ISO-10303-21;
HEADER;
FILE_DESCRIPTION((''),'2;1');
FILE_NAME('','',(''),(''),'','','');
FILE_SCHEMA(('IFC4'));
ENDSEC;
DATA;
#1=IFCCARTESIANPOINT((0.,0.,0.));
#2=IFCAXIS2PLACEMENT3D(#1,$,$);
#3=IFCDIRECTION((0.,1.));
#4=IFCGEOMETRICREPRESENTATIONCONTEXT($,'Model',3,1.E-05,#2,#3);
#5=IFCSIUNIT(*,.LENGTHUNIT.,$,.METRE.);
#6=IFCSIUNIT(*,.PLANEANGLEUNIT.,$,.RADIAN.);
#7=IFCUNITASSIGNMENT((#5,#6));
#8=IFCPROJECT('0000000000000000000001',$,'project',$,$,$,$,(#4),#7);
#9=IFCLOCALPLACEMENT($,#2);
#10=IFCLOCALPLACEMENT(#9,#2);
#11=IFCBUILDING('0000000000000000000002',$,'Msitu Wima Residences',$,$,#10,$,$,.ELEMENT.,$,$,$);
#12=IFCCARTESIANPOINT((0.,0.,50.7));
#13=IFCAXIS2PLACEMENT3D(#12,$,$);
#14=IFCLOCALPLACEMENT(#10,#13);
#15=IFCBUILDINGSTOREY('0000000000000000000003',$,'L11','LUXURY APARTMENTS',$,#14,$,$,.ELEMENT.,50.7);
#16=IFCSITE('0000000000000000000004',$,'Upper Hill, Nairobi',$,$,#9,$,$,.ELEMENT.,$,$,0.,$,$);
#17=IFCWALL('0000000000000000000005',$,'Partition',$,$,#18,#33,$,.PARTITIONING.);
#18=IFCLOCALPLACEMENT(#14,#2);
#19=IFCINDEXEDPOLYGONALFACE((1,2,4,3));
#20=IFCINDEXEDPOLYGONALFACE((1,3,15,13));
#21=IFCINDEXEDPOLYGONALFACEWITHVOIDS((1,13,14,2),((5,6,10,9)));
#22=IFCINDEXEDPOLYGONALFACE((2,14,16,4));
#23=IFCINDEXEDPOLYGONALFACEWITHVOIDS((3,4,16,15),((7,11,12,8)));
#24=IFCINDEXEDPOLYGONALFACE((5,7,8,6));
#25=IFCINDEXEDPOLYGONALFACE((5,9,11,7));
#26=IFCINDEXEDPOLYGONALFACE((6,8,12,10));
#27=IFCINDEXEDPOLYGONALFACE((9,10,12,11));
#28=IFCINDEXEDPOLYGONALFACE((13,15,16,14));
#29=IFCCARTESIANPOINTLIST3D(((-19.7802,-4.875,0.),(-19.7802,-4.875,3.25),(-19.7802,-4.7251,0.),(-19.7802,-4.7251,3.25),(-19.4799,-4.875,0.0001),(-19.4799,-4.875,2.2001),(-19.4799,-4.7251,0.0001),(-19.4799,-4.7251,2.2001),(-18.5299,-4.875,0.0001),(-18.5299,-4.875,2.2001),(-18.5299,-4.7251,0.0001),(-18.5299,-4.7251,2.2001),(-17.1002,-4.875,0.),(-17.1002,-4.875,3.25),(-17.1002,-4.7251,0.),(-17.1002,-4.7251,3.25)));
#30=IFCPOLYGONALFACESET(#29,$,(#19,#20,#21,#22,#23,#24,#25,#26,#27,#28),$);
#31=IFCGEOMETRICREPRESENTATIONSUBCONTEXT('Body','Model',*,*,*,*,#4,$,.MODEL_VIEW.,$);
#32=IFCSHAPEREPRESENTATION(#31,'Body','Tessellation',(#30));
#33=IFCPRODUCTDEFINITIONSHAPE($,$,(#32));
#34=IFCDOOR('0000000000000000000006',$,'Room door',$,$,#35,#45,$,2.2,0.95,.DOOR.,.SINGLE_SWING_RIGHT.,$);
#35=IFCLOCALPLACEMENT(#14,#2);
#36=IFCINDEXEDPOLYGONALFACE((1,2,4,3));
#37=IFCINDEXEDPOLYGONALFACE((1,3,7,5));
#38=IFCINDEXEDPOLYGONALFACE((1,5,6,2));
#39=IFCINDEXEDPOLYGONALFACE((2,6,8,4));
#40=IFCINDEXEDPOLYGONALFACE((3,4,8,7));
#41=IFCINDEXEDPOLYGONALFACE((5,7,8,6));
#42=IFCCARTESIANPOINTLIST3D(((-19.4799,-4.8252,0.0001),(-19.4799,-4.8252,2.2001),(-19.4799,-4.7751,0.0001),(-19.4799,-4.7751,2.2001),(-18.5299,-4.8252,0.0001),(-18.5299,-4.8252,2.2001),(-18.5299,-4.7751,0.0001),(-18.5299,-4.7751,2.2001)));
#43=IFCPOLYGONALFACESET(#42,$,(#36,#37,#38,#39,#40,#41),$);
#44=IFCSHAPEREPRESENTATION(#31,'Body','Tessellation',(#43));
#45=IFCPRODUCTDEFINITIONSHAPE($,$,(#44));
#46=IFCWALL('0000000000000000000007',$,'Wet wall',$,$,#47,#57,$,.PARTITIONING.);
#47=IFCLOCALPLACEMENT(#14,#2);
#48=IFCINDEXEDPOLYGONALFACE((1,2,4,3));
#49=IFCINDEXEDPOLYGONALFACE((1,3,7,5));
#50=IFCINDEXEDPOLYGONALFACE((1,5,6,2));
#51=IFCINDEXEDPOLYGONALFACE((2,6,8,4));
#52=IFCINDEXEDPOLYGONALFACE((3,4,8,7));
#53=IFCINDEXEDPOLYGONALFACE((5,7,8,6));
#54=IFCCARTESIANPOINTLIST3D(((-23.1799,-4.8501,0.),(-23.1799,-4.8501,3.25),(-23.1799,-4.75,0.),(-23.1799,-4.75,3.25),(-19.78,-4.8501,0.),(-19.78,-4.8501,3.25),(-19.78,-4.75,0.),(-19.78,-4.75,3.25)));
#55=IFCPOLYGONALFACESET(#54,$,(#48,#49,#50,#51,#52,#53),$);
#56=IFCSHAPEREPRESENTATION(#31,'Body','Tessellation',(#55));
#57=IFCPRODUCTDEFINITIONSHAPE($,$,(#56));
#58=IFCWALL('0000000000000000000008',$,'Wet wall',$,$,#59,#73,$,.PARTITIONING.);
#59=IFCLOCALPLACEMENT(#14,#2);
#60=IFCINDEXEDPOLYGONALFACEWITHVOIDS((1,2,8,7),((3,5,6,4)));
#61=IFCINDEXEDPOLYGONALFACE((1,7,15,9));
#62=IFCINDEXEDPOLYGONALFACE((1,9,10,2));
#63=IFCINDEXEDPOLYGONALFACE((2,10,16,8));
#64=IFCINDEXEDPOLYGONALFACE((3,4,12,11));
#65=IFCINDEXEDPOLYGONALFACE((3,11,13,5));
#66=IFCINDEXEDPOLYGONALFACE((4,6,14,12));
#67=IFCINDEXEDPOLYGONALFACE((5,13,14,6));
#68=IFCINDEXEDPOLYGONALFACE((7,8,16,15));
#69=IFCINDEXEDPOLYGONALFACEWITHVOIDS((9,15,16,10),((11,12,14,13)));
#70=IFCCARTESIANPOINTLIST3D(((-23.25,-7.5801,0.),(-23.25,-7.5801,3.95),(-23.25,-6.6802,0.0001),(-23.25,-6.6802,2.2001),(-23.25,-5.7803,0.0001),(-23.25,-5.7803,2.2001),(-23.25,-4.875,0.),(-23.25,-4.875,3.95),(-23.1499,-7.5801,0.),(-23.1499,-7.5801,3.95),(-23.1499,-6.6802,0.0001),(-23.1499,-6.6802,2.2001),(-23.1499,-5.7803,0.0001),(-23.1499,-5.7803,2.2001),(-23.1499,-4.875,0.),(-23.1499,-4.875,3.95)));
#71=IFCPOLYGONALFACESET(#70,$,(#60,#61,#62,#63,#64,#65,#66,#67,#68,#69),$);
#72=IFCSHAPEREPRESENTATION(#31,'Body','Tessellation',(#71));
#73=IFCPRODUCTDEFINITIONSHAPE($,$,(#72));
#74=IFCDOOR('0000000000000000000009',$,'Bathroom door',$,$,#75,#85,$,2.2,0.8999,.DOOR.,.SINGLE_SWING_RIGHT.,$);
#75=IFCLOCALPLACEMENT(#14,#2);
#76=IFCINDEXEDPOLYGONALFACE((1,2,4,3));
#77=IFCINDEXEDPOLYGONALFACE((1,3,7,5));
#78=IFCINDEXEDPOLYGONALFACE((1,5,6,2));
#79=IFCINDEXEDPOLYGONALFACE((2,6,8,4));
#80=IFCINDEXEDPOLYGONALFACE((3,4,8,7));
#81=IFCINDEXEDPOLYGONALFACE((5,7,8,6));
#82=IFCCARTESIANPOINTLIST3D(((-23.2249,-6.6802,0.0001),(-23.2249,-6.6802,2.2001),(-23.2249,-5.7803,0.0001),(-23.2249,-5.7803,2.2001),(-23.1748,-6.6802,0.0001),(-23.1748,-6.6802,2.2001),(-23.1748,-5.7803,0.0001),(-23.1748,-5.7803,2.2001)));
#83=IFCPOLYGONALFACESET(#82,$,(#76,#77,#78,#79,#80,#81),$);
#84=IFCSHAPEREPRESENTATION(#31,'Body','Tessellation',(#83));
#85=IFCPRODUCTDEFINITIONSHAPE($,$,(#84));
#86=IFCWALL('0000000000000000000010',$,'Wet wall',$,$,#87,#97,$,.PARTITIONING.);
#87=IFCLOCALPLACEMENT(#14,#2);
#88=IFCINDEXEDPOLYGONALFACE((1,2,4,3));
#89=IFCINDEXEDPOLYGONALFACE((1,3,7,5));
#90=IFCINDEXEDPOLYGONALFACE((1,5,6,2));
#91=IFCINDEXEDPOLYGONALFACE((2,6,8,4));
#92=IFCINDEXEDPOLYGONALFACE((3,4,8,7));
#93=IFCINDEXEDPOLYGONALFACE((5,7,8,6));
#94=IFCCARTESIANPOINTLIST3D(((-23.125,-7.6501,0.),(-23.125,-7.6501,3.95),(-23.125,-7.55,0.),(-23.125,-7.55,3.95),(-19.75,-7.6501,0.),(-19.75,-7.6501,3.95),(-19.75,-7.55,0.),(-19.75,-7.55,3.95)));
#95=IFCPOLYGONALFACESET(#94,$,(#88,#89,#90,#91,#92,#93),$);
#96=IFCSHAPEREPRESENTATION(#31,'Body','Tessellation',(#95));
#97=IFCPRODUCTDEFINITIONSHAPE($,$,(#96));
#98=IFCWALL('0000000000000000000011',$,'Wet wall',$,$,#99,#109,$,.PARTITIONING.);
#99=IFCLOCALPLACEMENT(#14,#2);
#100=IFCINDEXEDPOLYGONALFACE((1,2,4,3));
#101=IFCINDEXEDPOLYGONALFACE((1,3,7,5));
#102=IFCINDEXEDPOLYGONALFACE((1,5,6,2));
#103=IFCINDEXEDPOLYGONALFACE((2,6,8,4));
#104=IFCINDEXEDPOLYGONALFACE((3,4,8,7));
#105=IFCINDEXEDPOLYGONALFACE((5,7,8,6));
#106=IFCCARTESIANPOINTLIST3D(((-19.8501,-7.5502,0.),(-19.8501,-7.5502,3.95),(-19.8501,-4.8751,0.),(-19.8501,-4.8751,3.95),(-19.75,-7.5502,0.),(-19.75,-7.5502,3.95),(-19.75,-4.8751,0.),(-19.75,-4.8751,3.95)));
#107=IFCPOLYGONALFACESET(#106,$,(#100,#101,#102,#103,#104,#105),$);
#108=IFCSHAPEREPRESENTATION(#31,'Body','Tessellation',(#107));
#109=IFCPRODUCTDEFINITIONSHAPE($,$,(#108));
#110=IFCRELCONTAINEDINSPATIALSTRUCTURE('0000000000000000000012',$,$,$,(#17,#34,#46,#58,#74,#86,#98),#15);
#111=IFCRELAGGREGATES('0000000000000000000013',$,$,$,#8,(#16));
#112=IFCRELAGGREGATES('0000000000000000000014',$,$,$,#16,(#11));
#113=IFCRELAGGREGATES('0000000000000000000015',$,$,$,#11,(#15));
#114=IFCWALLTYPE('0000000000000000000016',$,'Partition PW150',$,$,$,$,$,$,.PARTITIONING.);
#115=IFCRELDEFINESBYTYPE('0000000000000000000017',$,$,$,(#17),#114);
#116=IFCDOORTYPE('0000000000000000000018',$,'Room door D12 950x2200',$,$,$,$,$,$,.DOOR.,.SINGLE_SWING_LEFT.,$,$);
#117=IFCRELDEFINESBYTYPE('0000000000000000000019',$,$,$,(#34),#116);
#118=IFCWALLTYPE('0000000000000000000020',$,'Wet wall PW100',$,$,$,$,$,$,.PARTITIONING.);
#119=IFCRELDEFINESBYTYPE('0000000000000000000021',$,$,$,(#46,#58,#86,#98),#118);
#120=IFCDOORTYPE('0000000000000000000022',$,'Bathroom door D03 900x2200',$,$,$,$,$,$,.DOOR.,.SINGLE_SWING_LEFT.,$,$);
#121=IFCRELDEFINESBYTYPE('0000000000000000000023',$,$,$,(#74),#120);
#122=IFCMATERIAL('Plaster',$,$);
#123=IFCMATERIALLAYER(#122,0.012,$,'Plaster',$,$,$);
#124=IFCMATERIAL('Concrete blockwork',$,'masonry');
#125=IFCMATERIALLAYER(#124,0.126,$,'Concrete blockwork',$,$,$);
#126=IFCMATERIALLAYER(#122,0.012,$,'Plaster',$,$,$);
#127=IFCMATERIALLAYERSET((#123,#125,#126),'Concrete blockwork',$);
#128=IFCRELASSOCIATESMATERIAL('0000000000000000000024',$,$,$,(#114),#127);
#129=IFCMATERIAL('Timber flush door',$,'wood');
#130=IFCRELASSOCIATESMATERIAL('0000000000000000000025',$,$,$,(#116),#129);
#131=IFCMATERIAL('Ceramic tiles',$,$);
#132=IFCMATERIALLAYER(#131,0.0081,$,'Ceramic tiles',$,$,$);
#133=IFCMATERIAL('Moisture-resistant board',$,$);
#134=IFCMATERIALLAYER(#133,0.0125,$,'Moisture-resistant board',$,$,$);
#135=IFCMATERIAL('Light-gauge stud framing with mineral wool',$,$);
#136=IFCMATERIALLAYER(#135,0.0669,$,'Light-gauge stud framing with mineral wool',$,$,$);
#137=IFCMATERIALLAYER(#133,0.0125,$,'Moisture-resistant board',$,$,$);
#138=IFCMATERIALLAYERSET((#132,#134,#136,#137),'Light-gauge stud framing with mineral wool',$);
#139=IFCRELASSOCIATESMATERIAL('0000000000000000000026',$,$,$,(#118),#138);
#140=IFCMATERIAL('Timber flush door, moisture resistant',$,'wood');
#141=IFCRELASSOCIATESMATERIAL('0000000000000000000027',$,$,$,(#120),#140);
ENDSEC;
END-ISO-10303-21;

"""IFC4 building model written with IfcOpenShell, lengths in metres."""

from ifc_helpers import new_model, si_unit, direction, frame, frame_2d, origin, place, context, subcontext, project, spatial, rectangle, extrude, material, layer, layer_set, type_object, element, fill, save


model = new_model("IFC4")

# Units and contexts
model_context = context("Model", 3, precision=1e-05, world=origin(), true_north=direction((0.0, 1.0)))
body_context = subcontext(model_context, "Body", "Model", "MODEL_VIEW")
ifc_project = project(units=[si_unit("LENGTHUNIT", "METRE"), si_unit("PLANEANGLEUNIT", "RADIAN")], contexts=[model_context])

# Site, building, storey
site_placement = place(None, origin())
site = spatial("IfcSite", under=ifc_project, at=site_placement, Name="Upper Hill, Nairobi", CompositionType="ELEMENT", RefElevation=0.0)
building_placement = place(site_placement, origin())
building = spatial("IfcBuilding", under=site, at=building_placement, Name="Msitu Wima Residences", CompositionType="ELEMENT")
storey_placement = place(building_placement, frame((0.0, 0.0, 50.7)))
storey = spatial("IfcBuildingStorey", under=building, at=storey_placement, Name="L11", Description="LUXURY APARTMENTS", CompositionType="ELEMENT", Elevation=50.7)

# Shared definitions
ifc_material_1 = material(Name="Plaster")
ifc_layer_1 = layer(ifc_material_1, 0.012, Name="Plaster")
ifc_material_2 = material(Name="Concrete blockwork", Category="masonry")
ifc_layer_2 = layer(ifc_material_2, 0.126, Name="Concrete blockwork")
ifc_layer_3 = layer(ifc_material_1, 0.012, Name="Plaster")
ifc_layer_set_1 = layer_set([ifc_layer_1, ifc_layer_2, ifc_layer_3], Name="Concrete blockwork")
wall_type_1 = type_object("IfcWallType", Name="Partition PW150", PredefinedType="PARTITIONING", material=ifc_layer_set_1)

# Shared definitions
ifc_material_3 = material(Name="Timber flush door", Category="wood")
door_type_1 = type_object("IfcDoorType", Name="Room door D12 950x2200", OperationType="SINGLE_SWING_LEFT", PredefinedType="DOOR", material=ifc_material_3)

# Wall, opening, door
wall_1_placement = place(storey_placement, frame((-19.78, -4.8, 0.0), z_axis=(0.0, 0.0, 1.0), x_axis=(1.0, 0.0, 0.0)))
wall_1 = element("IfcWall", 1, at=wall_1_placement, inside=storey, type_object=wall_type_1, Name="Partition", PredefinedType="PARTITIONING", context=body_context, shape_type="SweptSolid", body=[
    extrude(rectangle(XDim=2.6799, YDim=0.1499, at=frame_2d((1.3398, 0.0))), origin(), (0.0, 0.0, 1.0), 3.25),
])
opening_1_placement = place(wall_1_placement, frame((0.3, 0.0, 0.0)))
opening_1 = element("IfcOpeningElement", 2, at=opening_1_placement, cuts=wall_1, PredefinedType="OPENING", context=body_context, shape_type="SweptSolid", body=[
    extrude(rectangle(XDim=0.95, YDim=2.2, at=frame_2d((0.4751, 1.1001))), frame((0.0, 0.085, 0.0), z_axis=(0.0, -1.0, 0.0), x_axis=(1.0, 0.0, 0.0)), (0.0, 0.0, 1.0), 0.1699),
])
door_1_placement = place(opening_1_placement, origin())
door_1 = element("IfcDoor", 3, at=door_1_placement, inside=storey, type_object=door_type_1, Name="Room door", OperationType="SINGLE_SWING_RIGHT", OverallHeight=2.2, OverallWidth=0.95, PredefinedType="DOOR", context=body_context, shape_type="SweptSolid", body=[
    extrude(rectangle(XDim=0.95, YDim=2.2, at=frame_2d((0.4751, 1.1001))), frame((0.0, 0.0249, 0.0), z_axis=(0.0, -1.0, 0.0), x_axis=(1.0, 0.0, 0.0)), (0.0, 0.0, 1.0), 0.05),
])
fill(opening_1, door_1)

# Wall
ifc_material_4 = material(Name="Ceramic tiles")
ifc_layer_4 = layer(ifc_material_4, 0.0081, Name="Ceramic tiles")
ifc_material_5 = material(Name="Moisture-resistant board")
ifc_layer_5 = layer(ifc_material_5, 0.0125, Name="Moisture-resistant board")
ifc_material_6 = material(Name="Light-gauge stud framing with mineral wool")
ifc_layer_6 = layer(ifc_material_6, 0.0669, Name="Light-gauge stud framing with mineral wool")
ifc_layer_7 = layer(ifc_material_5, 0.0125, Name="Moisture-resistant board")
ifc_layer_set_2 = layer_set([ifc_layer_4, ifc_layer_5, ifc_layer_6, ifc_layer_7], Name="Light-gauge stud framing with mineral wool")
wall_type_2 = type_object("IfcWallType", Name="Wet wall PW100", PredefinedType="PARTITIONING", material=ifc_layer_set_2)
wall_2_placement = place(storey_placement, frame((-23.1799, -4.8, 0.0), z_axis=(0.0, 0.0, 1.0), x_axis=(1.0, 0.0, 0.0)))
element("IfcWall", 4, at=wall_2_placement, inside=storey, type_object=wall_type_2, Name="Wet wall", PredefinedType="PARTITIONING", context=body_context, shape_type="SweptSolid", body=[
    extrude(rectangle(XDim=3.3999, YDim=0.1001, at=frame_2d((1.7, 0.0))), origin(), (0.0, 0.0, 1.0), 3.25),
])

# Wall, opening, door
wall_3_placement = place(storey_placement, frame((-23.2, -7.5801, 0.0), z_axis=(0.0, 0.0, 1.0), x_axis=(0.0, 1.0, 0.0)))
wall_3 = element("IfcWall", 5, at=wall_3_placement, inside=storey, type_object=wall_type_2, Name="Wet wall", PredefinedType="PARTITIONING", context=body_context, shape_type="SweptSolid", body=[
    extrude(rectangle(XDim=2.7051, YDim=0.1001, at=frame_2d((1.3525, 0.0))), origin(), (0.0, 0.0, 1.0), 3.95),
])
opening_2_placement = place(wall_3_placement, frame((0.8999, 0.0, 0.0)))
opening_2 = element("IfcOpeningElement", 6, at=opening_2_placement, cuts=wall_3, PredefinedType="OPENING", context=body_context, shape_type="SweptSolid", body=[
    extrude(rectangle(XDim=0.8999, YDim=2.2, at=frame_2d((0.45, 1.1001))), frame((0.0, 0.0601, 0.0), z_axis=(0.0, -1.0, 0.0), x_axis=(1.0, 0.0, 0.0)), (0.0, 0.0, 1.0), 0.1201),
])
ifc_material_7 = material(Name="Timber flush door, moisture resistant", Category="wood")
door_type_2 = type_object("IfcDoorType", Name="Bathroom door D03 900x2200", OperationType="SINGLE_SWING_LEFT", PredefinedType="DOOR", material=ifc_material_7)
door_2_placement = place(opening_2_placement, origin())
door_2 = element("IfcDoor", 7, at=door_2_placement, inside=storey, type_object=door_type_2, Name="Bathroom door", OperationType="SINGLE_SWING_RIGHT", OverallHeight=2.2, OverallWidth=0.8999, PredefinedType="DOOR", context=body_context, shape_type="SweptSolid", body=[
    extrude(rectangle(XDim=0.8999, YDim=2.2, at=frame_2d((0.45, 1.1001))), frame((0.0, 0.0249, 0.0), z_axis=(0.0, -1.0, 0.0), x_axis=(1.0, 0.0, 0.0)), (0.0, 0.0, 1.0), 0.05),
])
fill(opening_2, door_2)

# Walls
wall_4_placement = place(storey_placement, frame((-23.125, -7.6001, 0.0), z_axis=(0.0, 0.0, 1.0), x_axis=(1.0, 0.0, 0.0)))
element("IfcWall", 8, at=wall_4_placement, inside=storey, type_object=wall_type_2, Name="Wet wall", PredefinedType="PARTITIONING", context=body_context, shape_type="SweptSolid", body=[
    extrude(rectangle(XDim=3.375, YDim=0.1001, at=frame_2d((1.6875, 0.0))), origin(), (0.0, 0.0, 1.0), 3.95),
])
wall_5_placement = place(storey_placement, frame((-19.8, -7.55, 0.0), z_axis=(0.0, 0.0, 1.0), x_axis=(0.0, 1.0, 0.0)))
element("IfcWall", 9, at=wall_5_placement, inside=storey, type_object=wall_type_2, Name="Wet wall", PredefinedType="PARTITIONING", context=body_context, shape_type="SweptSolid", body=[
    extrude(rectangle(XDim=2.675, YDim=0.1001, at=frame_2d((1.3374, 0.0))), origin(), (0.0, 0.0, 1.0), 3.95),
])

save(model, "model.ifc")
